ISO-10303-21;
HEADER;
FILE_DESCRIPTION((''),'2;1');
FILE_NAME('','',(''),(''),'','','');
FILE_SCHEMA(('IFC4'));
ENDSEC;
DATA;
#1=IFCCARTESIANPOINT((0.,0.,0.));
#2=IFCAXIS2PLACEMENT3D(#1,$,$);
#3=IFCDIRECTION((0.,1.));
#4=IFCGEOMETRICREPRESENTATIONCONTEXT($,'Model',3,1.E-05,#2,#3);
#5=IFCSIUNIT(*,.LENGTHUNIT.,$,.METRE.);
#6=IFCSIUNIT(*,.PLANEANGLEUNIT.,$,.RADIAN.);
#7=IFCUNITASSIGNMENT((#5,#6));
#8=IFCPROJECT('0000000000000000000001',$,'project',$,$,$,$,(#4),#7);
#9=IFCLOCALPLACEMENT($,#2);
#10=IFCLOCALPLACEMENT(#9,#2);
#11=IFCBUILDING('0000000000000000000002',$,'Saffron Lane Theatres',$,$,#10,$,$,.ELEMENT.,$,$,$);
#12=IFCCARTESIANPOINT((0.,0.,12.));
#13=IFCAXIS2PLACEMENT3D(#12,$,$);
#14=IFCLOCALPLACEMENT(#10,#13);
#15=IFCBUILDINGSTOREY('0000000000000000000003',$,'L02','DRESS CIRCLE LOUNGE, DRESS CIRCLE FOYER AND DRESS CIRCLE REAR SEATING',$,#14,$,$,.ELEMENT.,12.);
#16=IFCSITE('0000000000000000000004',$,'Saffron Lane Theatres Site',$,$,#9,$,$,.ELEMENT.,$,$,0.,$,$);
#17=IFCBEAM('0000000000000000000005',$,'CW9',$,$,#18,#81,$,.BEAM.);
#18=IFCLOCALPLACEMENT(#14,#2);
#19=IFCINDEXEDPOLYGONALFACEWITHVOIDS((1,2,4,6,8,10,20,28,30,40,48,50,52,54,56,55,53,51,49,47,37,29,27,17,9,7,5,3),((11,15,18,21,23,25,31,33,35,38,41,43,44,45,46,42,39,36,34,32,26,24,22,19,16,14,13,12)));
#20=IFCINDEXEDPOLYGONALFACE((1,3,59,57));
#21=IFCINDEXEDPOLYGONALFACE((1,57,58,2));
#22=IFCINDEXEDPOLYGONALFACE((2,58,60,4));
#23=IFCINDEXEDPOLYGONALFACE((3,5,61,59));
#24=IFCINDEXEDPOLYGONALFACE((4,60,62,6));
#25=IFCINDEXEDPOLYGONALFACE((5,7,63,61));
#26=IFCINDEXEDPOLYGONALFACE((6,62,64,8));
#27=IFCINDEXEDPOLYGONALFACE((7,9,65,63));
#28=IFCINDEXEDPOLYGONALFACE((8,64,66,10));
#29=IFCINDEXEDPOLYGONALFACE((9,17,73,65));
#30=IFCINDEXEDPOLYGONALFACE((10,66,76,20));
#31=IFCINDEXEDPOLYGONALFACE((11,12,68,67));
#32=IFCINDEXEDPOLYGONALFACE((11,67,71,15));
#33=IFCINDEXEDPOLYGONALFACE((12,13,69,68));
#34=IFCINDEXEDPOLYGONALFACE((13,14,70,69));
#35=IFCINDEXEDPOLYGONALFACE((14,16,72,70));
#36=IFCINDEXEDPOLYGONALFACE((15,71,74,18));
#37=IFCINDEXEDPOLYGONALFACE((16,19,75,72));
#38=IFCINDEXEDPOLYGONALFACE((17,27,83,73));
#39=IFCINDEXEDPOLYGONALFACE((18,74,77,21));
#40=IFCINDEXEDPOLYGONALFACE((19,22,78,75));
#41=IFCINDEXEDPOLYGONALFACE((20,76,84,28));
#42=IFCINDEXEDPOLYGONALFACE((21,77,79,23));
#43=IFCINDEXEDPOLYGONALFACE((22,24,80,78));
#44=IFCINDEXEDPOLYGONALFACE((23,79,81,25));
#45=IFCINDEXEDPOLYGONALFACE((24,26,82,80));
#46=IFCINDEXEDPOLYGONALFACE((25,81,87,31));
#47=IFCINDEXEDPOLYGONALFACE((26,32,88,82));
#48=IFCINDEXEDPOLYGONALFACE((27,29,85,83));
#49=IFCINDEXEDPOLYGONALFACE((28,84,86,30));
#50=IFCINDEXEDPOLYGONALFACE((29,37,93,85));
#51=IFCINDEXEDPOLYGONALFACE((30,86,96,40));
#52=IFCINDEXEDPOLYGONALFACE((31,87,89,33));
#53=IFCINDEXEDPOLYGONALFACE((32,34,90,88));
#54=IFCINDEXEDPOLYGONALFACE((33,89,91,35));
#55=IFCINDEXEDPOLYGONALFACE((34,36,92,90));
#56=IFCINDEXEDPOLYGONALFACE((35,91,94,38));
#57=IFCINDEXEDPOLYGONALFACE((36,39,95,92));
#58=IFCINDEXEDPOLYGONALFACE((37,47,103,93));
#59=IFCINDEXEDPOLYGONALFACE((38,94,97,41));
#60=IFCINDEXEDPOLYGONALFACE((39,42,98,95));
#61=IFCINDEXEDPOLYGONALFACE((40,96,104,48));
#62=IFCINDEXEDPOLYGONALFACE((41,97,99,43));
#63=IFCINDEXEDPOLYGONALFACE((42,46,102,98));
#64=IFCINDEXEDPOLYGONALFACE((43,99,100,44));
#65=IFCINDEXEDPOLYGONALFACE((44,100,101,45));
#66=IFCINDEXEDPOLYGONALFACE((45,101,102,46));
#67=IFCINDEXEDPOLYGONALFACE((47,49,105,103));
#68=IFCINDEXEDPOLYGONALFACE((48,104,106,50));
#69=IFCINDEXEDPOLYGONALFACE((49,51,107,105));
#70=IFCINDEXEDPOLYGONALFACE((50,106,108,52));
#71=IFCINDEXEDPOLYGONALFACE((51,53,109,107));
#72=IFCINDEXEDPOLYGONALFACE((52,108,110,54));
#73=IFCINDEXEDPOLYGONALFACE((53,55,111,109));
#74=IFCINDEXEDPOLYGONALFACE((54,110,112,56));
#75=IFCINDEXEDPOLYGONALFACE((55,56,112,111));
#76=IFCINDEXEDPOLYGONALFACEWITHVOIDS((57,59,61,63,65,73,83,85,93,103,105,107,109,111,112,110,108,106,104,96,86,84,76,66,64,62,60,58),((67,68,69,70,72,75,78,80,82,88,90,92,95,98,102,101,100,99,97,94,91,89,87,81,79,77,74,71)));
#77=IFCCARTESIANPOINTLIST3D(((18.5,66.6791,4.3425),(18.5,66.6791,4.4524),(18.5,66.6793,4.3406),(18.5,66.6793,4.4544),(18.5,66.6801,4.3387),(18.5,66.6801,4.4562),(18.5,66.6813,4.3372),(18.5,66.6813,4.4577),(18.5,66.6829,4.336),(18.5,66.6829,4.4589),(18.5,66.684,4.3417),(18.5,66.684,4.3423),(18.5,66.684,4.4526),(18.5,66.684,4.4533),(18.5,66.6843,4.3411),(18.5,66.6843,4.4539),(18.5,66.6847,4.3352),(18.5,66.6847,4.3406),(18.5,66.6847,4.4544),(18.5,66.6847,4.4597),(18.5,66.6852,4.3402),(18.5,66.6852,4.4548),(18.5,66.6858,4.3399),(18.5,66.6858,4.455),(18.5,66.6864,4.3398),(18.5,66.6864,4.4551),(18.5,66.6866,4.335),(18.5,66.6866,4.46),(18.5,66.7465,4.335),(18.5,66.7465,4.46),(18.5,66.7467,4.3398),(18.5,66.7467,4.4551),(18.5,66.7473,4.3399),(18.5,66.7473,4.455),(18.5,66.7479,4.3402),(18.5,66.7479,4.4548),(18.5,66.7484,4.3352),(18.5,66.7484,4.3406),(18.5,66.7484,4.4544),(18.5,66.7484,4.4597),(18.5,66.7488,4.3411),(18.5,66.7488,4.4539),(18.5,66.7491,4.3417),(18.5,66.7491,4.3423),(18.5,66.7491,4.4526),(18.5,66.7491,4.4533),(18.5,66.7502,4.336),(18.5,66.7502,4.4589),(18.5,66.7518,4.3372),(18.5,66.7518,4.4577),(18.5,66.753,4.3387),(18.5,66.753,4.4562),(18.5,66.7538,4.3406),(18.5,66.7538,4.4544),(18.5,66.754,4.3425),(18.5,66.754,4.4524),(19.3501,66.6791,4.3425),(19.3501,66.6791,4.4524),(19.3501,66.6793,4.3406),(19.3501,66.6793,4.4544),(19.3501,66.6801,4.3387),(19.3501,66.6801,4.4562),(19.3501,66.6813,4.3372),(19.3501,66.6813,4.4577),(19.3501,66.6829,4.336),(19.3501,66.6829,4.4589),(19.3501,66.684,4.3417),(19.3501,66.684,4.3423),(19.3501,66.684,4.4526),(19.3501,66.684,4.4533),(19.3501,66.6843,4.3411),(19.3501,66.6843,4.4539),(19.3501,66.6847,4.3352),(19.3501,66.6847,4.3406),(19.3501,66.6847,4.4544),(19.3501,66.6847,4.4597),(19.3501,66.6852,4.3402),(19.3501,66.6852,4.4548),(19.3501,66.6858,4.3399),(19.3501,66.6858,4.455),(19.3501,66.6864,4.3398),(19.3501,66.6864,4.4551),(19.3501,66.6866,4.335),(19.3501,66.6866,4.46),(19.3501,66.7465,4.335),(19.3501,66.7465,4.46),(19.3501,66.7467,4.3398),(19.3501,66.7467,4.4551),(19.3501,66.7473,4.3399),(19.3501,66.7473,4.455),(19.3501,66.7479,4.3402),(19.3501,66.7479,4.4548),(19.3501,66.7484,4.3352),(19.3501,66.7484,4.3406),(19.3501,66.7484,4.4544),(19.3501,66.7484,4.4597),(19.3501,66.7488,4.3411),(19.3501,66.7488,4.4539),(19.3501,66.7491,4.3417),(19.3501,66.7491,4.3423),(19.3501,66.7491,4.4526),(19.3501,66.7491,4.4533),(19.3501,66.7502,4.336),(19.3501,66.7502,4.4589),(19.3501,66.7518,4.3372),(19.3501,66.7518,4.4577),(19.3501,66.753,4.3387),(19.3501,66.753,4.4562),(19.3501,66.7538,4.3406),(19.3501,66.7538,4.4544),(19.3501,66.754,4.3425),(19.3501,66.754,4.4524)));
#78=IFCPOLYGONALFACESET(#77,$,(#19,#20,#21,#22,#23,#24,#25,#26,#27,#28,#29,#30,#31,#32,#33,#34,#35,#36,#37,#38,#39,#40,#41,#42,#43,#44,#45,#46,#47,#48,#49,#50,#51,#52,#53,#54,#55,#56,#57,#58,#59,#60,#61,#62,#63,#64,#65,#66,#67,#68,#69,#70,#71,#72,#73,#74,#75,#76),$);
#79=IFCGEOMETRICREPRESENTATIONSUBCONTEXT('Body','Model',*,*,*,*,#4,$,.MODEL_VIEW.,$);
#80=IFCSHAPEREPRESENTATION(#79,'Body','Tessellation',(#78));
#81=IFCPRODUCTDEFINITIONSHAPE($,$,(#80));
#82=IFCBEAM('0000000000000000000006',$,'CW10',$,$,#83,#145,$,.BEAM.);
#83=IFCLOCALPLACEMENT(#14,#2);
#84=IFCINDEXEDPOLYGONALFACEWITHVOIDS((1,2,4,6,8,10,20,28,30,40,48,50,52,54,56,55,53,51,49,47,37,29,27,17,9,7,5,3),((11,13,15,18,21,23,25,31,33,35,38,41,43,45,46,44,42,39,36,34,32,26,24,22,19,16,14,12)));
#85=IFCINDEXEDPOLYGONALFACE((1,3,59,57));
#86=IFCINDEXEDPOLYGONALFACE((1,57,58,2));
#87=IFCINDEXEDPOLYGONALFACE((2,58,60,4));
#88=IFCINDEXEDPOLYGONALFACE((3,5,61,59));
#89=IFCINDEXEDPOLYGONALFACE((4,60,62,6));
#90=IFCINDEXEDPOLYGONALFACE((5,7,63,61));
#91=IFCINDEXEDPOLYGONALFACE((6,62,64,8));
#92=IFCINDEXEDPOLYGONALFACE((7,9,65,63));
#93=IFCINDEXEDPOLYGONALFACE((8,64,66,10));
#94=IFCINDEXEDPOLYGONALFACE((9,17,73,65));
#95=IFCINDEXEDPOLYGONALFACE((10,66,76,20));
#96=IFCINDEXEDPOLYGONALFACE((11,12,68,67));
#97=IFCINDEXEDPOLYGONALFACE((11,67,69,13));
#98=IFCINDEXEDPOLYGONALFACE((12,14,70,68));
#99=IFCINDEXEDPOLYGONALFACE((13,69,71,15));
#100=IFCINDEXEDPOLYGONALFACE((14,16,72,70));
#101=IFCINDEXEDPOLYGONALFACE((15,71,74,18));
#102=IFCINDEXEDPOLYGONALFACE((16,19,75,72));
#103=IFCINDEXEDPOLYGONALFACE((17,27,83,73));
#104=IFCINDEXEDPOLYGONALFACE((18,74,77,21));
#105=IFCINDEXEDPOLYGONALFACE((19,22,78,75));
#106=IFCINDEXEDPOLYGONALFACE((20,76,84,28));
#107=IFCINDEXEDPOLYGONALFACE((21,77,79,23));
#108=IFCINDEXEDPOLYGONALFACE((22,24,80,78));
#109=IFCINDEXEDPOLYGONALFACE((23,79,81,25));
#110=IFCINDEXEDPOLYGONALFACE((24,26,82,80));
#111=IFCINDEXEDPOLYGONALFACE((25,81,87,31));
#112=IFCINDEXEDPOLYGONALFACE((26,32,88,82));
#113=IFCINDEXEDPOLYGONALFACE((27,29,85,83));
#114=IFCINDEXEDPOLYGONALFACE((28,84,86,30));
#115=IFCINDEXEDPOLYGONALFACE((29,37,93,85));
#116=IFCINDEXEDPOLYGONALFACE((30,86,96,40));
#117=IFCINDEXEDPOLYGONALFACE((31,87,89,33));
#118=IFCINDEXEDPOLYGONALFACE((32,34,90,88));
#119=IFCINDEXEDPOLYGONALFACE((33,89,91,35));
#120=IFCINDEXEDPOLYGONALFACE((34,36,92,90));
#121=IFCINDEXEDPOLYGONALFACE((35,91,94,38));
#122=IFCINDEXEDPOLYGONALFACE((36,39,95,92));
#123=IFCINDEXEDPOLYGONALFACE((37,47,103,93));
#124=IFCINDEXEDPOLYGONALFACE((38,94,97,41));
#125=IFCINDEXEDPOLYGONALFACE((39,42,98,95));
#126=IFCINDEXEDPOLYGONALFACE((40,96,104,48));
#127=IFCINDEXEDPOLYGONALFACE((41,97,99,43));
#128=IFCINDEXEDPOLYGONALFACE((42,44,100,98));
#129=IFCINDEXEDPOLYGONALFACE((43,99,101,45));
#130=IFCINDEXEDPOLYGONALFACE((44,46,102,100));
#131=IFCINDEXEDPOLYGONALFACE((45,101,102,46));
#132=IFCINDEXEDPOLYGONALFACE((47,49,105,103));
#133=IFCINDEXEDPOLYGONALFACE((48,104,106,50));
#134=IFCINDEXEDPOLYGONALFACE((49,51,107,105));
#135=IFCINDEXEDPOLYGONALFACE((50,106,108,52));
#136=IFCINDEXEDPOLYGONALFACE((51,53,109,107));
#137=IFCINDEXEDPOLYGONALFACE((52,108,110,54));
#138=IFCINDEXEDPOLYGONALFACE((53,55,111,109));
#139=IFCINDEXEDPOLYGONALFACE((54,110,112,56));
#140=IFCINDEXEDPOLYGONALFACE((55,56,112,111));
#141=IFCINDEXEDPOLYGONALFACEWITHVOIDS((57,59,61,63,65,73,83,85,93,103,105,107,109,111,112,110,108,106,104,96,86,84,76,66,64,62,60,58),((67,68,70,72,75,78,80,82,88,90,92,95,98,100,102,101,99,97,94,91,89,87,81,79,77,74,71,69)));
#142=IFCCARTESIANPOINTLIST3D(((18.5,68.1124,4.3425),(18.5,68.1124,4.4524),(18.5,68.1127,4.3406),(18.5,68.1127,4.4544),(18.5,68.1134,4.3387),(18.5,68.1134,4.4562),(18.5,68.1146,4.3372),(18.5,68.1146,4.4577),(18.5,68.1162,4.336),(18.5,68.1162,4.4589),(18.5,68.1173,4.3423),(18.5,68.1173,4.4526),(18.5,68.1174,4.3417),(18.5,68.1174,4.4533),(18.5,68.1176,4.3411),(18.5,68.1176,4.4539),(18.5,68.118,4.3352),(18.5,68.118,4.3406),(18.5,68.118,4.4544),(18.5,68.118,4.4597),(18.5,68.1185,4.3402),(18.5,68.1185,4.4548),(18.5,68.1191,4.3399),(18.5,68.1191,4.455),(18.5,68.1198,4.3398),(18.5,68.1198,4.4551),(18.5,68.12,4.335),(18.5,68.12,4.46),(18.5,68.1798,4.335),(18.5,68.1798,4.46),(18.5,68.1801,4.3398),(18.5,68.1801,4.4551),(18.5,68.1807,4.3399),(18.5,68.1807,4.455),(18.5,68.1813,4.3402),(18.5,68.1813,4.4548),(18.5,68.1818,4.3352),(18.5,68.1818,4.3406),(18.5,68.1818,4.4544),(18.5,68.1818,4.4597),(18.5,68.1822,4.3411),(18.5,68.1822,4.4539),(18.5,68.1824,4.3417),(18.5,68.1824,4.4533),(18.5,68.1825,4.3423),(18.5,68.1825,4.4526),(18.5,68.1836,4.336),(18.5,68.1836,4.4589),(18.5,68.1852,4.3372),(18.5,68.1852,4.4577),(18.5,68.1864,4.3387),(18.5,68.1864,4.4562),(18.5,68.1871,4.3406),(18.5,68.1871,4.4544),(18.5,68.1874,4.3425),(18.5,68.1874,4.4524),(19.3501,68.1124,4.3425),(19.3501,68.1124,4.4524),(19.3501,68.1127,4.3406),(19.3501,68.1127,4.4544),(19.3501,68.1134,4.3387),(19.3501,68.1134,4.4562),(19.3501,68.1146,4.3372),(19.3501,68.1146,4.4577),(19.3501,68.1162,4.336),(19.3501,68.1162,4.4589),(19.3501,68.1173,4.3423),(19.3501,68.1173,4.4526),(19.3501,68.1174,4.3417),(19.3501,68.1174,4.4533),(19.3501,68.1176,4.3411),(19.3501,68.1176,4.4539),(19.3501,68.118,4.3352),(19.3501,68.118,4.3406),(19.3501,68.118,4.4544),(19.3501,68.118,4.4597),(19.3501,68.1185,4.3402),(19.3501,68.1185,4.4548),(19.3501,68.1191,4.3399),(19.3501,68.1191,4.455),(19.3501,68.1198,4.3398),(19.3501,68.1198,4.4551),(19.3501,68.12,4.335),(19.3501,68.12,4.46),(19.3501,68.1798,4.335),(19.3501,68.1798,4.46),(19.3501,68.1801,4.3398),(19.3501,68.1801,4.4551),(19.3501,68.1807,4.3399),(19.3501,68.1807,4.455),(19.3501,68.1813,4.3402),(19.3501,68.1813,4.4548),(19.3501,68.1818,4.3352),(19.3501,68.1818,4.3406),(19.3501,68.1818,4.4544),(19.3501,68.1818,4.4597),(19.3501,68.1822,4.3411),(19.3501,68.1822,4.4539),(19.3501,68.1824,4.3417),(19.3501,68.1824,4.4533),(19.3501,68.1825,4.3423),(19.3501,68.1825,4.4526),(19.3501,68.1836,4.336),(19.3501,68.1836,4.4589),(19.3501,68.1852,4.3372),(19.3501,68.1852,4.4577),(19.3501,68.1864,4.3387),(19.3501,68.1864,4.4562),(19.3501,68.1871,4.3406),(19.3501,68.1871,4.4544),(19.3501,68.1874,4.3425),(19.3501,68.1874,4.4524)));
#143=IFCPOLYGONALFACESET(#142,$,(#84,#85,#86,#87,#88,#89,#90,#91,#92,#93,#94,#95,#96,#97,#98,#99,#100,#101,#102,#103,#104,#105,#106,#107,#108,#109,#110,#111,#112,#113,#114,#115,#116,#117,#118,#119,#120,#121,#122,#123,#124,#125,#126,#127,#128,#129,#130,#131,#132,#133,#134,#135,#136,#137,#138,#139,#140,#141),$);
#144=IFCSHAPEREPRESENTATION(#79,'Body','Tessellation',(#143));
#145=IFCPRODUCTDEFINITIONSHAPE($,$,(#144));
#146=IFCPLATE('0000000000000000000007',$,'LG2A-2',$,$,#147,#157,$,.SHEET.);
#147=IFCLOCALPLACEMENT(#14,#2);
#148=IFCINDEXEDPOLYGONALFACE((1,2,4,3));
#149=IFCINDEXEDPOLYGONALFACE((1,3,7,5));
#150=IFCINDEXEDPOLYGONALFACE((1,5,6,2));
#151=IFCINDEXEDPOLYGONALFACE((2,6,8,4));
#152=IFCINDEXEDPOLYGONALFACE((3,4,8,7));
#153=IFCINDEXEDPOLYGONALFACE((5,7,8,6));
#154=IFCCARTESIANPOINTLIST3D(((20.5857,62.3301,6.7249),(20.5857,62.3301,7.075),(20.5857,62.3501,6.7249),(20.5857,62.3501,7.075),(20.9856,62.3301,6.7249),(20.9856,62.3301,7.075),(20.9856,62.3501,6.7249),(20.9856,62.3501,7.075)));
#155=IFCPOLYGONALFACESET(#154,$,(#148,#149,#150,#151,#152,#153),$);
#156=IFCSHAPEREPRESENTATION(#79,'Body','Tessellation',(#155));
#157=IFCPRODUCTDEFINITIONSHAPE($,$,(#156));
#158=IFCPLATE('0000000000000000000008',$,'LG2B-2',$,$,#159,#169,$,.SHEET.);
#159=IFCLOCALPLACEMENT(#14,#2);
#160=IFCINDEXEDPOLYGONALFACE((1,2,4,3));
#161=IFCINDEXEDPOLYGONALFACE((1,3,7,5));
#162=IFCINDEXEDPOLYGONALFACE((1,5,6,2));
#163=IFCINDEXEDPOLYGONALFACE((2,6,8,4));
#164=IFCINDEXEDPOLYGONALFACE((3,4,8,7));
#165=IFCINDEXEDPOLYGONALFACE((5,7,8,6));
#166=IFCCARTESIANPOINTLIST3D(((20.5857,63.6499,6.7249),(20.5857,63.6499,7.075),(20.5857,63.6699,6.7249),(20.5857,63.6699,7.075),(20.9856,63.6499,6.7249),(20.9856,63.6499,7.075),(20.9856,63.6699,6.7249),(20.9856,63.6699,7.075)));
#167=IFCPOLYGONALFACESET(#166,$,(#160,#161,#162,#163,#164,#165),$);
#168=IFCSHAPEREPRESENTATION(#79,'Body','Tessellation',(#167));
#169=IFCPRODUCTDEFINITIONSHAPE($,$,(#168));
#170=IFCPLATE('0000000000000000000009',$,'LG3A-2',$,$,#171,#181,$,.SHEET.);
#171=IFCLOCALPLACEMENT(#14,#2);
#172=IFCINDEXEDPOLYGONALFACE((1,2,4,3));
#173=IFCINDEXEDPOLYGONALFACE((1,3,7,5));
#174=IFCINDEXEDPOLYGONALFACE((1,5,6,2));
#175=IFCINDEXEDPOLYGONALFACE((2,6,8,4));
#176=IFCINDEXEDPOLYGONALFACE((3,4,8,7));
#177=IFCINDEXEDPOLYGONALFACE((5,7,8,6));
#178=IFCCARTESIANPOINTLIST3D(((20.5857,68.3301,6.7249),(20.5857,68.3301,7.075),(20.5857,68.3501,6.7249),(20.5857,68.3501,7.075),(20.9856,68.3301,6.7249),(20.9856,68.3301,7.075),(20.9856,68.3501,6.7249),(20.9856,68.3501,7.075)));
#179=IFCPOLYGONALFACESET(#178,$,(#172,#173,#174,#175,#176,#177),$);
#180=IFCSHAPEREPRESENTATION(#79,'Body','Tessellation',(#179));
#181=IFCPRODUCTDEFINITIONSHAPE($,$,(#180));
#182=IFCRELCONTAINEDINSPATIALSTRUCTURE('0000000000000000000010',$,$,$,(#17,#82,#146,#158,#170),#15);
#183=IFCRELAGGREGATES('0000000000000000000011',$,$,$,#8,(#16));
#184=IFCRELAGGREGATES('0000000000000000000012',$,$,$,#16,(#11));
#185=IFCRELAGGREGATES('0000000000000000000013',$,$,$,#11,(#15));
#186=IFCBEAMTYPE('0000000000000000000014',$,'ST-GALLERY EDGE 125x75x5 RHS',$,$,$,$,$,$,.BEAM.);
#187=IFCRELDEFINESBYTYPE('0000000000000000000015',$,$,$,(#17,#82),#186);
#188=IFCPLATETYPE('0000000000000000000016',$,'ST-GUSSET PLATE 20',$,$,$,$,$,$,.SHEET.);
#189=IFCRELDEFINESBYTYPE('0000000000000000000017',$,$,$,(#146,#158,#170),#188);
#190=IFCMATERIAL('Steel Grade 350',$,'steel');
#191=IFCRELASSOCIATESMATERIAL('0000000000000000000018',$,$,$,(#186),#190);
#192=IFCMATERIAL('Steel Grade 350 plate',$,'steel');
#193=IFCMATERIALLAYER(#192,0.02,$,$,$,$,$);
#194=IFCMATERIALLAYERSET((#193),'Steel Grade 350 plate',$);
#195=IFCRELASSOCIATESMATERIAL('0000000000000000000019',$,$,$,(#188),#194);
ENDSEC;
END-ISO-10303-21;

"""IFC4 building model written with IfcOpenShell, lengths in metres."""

from ifc_helpers import new_model, si_unit, direction, frame, origin, origin_2d, place, context, subcontext, project, spatial, rectangle, hollow_rectangle, extrude, material, layer, layer_set, material_profile, profile_set, type_object, element, save


model = new_model("IFC4")

# Units and contexts
model_context = context("Model", 3, precision=1e-05, world=origin(), true_north=direction((0.0, 1.0)))
body_context = subcontext(model_context, "Body", "Model", "MODEL_VIEW")
ifc_project = project(units=[si_unit("LENGTHUNIT", "METRE"), si_unit("PLANEANGLEUNIT", "RADIAN")], contexts=[model_context])

# Site, building, storey
site_placement = place(None, origin())
site = spatial("IfcSite", under=ifc_project, at=site_placement, Name="Saffron Lane Theatres Site", CompositionType="ELEMENT", RefElevation=0.0)
building_placement = place(site_placement, origin())
building = spatial("IfcBuilding", under=site, at=building_placement, Name="Saffron Lane Theatres", CompositionType="ELEMENT")
storey_placement = place(building_placement, frame((0.0, 0.0, 12.0)))
storey = spatial("IfcBuildingStorey", under=building, at=storey_placement, Name="L02", Description="DRESS CIRCLE LOUNGE, DRESS CIRCLE FOYER AND DRESS CIRCLE REAR SEATING", CompositionType="ELEMENT", Elevation=12.0)

# Beams
ifc_material_1 = material(Name="Steel Grade 350", Category="steel")
ifc_material_profile_1 = material_profile(ifc_material_1, hollow_rectangle(XDim=0.075, YDim=0.125, WallThickness=0.0049, InnerFilletRadius=0.0024, OuterFilletRadius=0.0076, at=origin_2d()))
ifc_profile_set_1 = profile_set([ifc_material_profile_1], Name="Steel Grade 350")
beam_type_1 = type_object("IfcBeamType", Name="ST-GALLERY EDGE 125x75x5 RHS", PredefinedType="BEAM", material=ifc_profile_set_1)
for number, where, z_axis, x_axis, name in (
    (1, (18.5, 66.7166, 4.3975), (1.0, 0.0, 0.0), (0.0, 1.0, 0.0), "CW9"),
    (2, (18.5, 68.1499, 4.3975), (1.0, 0.0, 0.0), (0.0, 1.0, 0.0), "CW10"),
):
    element("IfcBeam", number, at=place(storey_placement, frame(where, z_axis=z_axis, x_axis=x_axis)), inside=storey, type_object=beam_type_1, Name=name, PredefinedType="BEAM", context=body_context, shape_type="SweptSolid", body=[
        extrude(hollow_rectangle(XDim=0.075, YDim=0.125, WallThickness=0.0049, InnerFilletRadius=0.0024, OuterFilletRadius=0.0076, at=origin_2d()), origin(), (0.0, 0.0, 1.0), 0.8501),
    ])

# Plates
ifc_material_2 = material(Name="Steel Grade 350 plate", Category="steel")
ifc_layer = layer(ifc_material_2, 0.02)
ifc_layer_set = layer_set([ifc_layer], Name="Steel Grade 350 plate")
plate_type = type_object("IfcPlateType", Name="ST-GUSSET PLATE 20", PredefinedType="SHEET", material=ifc_layer_set)
for number, where, z_axis, x_axis, name in (
    (3, (20.7856, 62.3401, 6.7249), (0.0, 0.0, 1.0), (1.0, 0.0, 0.0), "LG2A-2"),
    (4, (20.7856, 63.6599, 6.7249), (0.0, 0.0, 1.0), (1.0, 0.0, 0.0), "LG2B-2"),
    (5, (20.7856, 68.3401, 6.7249), (0.0, 0.0, 1.0), (1.0, 0.0, 0.0), "LG3A-2"),
):
    element("IfcPlate", number, at=place(storey_placement, frame(where, z_axis=z_axis, x_axis=x_axis)), inside=storey, type_object=plate_type, Name=name, PredefinedType="SHEET", context=body_context, shape_type="SweptSolid", body=[
        extrude(rectangle(XDim=0.3999, YDim=0.02, at=origin_2d()), origin(), (0.0, 0.0, 1.0), 0.3501),
    ])

save(model, "model.ifc")
